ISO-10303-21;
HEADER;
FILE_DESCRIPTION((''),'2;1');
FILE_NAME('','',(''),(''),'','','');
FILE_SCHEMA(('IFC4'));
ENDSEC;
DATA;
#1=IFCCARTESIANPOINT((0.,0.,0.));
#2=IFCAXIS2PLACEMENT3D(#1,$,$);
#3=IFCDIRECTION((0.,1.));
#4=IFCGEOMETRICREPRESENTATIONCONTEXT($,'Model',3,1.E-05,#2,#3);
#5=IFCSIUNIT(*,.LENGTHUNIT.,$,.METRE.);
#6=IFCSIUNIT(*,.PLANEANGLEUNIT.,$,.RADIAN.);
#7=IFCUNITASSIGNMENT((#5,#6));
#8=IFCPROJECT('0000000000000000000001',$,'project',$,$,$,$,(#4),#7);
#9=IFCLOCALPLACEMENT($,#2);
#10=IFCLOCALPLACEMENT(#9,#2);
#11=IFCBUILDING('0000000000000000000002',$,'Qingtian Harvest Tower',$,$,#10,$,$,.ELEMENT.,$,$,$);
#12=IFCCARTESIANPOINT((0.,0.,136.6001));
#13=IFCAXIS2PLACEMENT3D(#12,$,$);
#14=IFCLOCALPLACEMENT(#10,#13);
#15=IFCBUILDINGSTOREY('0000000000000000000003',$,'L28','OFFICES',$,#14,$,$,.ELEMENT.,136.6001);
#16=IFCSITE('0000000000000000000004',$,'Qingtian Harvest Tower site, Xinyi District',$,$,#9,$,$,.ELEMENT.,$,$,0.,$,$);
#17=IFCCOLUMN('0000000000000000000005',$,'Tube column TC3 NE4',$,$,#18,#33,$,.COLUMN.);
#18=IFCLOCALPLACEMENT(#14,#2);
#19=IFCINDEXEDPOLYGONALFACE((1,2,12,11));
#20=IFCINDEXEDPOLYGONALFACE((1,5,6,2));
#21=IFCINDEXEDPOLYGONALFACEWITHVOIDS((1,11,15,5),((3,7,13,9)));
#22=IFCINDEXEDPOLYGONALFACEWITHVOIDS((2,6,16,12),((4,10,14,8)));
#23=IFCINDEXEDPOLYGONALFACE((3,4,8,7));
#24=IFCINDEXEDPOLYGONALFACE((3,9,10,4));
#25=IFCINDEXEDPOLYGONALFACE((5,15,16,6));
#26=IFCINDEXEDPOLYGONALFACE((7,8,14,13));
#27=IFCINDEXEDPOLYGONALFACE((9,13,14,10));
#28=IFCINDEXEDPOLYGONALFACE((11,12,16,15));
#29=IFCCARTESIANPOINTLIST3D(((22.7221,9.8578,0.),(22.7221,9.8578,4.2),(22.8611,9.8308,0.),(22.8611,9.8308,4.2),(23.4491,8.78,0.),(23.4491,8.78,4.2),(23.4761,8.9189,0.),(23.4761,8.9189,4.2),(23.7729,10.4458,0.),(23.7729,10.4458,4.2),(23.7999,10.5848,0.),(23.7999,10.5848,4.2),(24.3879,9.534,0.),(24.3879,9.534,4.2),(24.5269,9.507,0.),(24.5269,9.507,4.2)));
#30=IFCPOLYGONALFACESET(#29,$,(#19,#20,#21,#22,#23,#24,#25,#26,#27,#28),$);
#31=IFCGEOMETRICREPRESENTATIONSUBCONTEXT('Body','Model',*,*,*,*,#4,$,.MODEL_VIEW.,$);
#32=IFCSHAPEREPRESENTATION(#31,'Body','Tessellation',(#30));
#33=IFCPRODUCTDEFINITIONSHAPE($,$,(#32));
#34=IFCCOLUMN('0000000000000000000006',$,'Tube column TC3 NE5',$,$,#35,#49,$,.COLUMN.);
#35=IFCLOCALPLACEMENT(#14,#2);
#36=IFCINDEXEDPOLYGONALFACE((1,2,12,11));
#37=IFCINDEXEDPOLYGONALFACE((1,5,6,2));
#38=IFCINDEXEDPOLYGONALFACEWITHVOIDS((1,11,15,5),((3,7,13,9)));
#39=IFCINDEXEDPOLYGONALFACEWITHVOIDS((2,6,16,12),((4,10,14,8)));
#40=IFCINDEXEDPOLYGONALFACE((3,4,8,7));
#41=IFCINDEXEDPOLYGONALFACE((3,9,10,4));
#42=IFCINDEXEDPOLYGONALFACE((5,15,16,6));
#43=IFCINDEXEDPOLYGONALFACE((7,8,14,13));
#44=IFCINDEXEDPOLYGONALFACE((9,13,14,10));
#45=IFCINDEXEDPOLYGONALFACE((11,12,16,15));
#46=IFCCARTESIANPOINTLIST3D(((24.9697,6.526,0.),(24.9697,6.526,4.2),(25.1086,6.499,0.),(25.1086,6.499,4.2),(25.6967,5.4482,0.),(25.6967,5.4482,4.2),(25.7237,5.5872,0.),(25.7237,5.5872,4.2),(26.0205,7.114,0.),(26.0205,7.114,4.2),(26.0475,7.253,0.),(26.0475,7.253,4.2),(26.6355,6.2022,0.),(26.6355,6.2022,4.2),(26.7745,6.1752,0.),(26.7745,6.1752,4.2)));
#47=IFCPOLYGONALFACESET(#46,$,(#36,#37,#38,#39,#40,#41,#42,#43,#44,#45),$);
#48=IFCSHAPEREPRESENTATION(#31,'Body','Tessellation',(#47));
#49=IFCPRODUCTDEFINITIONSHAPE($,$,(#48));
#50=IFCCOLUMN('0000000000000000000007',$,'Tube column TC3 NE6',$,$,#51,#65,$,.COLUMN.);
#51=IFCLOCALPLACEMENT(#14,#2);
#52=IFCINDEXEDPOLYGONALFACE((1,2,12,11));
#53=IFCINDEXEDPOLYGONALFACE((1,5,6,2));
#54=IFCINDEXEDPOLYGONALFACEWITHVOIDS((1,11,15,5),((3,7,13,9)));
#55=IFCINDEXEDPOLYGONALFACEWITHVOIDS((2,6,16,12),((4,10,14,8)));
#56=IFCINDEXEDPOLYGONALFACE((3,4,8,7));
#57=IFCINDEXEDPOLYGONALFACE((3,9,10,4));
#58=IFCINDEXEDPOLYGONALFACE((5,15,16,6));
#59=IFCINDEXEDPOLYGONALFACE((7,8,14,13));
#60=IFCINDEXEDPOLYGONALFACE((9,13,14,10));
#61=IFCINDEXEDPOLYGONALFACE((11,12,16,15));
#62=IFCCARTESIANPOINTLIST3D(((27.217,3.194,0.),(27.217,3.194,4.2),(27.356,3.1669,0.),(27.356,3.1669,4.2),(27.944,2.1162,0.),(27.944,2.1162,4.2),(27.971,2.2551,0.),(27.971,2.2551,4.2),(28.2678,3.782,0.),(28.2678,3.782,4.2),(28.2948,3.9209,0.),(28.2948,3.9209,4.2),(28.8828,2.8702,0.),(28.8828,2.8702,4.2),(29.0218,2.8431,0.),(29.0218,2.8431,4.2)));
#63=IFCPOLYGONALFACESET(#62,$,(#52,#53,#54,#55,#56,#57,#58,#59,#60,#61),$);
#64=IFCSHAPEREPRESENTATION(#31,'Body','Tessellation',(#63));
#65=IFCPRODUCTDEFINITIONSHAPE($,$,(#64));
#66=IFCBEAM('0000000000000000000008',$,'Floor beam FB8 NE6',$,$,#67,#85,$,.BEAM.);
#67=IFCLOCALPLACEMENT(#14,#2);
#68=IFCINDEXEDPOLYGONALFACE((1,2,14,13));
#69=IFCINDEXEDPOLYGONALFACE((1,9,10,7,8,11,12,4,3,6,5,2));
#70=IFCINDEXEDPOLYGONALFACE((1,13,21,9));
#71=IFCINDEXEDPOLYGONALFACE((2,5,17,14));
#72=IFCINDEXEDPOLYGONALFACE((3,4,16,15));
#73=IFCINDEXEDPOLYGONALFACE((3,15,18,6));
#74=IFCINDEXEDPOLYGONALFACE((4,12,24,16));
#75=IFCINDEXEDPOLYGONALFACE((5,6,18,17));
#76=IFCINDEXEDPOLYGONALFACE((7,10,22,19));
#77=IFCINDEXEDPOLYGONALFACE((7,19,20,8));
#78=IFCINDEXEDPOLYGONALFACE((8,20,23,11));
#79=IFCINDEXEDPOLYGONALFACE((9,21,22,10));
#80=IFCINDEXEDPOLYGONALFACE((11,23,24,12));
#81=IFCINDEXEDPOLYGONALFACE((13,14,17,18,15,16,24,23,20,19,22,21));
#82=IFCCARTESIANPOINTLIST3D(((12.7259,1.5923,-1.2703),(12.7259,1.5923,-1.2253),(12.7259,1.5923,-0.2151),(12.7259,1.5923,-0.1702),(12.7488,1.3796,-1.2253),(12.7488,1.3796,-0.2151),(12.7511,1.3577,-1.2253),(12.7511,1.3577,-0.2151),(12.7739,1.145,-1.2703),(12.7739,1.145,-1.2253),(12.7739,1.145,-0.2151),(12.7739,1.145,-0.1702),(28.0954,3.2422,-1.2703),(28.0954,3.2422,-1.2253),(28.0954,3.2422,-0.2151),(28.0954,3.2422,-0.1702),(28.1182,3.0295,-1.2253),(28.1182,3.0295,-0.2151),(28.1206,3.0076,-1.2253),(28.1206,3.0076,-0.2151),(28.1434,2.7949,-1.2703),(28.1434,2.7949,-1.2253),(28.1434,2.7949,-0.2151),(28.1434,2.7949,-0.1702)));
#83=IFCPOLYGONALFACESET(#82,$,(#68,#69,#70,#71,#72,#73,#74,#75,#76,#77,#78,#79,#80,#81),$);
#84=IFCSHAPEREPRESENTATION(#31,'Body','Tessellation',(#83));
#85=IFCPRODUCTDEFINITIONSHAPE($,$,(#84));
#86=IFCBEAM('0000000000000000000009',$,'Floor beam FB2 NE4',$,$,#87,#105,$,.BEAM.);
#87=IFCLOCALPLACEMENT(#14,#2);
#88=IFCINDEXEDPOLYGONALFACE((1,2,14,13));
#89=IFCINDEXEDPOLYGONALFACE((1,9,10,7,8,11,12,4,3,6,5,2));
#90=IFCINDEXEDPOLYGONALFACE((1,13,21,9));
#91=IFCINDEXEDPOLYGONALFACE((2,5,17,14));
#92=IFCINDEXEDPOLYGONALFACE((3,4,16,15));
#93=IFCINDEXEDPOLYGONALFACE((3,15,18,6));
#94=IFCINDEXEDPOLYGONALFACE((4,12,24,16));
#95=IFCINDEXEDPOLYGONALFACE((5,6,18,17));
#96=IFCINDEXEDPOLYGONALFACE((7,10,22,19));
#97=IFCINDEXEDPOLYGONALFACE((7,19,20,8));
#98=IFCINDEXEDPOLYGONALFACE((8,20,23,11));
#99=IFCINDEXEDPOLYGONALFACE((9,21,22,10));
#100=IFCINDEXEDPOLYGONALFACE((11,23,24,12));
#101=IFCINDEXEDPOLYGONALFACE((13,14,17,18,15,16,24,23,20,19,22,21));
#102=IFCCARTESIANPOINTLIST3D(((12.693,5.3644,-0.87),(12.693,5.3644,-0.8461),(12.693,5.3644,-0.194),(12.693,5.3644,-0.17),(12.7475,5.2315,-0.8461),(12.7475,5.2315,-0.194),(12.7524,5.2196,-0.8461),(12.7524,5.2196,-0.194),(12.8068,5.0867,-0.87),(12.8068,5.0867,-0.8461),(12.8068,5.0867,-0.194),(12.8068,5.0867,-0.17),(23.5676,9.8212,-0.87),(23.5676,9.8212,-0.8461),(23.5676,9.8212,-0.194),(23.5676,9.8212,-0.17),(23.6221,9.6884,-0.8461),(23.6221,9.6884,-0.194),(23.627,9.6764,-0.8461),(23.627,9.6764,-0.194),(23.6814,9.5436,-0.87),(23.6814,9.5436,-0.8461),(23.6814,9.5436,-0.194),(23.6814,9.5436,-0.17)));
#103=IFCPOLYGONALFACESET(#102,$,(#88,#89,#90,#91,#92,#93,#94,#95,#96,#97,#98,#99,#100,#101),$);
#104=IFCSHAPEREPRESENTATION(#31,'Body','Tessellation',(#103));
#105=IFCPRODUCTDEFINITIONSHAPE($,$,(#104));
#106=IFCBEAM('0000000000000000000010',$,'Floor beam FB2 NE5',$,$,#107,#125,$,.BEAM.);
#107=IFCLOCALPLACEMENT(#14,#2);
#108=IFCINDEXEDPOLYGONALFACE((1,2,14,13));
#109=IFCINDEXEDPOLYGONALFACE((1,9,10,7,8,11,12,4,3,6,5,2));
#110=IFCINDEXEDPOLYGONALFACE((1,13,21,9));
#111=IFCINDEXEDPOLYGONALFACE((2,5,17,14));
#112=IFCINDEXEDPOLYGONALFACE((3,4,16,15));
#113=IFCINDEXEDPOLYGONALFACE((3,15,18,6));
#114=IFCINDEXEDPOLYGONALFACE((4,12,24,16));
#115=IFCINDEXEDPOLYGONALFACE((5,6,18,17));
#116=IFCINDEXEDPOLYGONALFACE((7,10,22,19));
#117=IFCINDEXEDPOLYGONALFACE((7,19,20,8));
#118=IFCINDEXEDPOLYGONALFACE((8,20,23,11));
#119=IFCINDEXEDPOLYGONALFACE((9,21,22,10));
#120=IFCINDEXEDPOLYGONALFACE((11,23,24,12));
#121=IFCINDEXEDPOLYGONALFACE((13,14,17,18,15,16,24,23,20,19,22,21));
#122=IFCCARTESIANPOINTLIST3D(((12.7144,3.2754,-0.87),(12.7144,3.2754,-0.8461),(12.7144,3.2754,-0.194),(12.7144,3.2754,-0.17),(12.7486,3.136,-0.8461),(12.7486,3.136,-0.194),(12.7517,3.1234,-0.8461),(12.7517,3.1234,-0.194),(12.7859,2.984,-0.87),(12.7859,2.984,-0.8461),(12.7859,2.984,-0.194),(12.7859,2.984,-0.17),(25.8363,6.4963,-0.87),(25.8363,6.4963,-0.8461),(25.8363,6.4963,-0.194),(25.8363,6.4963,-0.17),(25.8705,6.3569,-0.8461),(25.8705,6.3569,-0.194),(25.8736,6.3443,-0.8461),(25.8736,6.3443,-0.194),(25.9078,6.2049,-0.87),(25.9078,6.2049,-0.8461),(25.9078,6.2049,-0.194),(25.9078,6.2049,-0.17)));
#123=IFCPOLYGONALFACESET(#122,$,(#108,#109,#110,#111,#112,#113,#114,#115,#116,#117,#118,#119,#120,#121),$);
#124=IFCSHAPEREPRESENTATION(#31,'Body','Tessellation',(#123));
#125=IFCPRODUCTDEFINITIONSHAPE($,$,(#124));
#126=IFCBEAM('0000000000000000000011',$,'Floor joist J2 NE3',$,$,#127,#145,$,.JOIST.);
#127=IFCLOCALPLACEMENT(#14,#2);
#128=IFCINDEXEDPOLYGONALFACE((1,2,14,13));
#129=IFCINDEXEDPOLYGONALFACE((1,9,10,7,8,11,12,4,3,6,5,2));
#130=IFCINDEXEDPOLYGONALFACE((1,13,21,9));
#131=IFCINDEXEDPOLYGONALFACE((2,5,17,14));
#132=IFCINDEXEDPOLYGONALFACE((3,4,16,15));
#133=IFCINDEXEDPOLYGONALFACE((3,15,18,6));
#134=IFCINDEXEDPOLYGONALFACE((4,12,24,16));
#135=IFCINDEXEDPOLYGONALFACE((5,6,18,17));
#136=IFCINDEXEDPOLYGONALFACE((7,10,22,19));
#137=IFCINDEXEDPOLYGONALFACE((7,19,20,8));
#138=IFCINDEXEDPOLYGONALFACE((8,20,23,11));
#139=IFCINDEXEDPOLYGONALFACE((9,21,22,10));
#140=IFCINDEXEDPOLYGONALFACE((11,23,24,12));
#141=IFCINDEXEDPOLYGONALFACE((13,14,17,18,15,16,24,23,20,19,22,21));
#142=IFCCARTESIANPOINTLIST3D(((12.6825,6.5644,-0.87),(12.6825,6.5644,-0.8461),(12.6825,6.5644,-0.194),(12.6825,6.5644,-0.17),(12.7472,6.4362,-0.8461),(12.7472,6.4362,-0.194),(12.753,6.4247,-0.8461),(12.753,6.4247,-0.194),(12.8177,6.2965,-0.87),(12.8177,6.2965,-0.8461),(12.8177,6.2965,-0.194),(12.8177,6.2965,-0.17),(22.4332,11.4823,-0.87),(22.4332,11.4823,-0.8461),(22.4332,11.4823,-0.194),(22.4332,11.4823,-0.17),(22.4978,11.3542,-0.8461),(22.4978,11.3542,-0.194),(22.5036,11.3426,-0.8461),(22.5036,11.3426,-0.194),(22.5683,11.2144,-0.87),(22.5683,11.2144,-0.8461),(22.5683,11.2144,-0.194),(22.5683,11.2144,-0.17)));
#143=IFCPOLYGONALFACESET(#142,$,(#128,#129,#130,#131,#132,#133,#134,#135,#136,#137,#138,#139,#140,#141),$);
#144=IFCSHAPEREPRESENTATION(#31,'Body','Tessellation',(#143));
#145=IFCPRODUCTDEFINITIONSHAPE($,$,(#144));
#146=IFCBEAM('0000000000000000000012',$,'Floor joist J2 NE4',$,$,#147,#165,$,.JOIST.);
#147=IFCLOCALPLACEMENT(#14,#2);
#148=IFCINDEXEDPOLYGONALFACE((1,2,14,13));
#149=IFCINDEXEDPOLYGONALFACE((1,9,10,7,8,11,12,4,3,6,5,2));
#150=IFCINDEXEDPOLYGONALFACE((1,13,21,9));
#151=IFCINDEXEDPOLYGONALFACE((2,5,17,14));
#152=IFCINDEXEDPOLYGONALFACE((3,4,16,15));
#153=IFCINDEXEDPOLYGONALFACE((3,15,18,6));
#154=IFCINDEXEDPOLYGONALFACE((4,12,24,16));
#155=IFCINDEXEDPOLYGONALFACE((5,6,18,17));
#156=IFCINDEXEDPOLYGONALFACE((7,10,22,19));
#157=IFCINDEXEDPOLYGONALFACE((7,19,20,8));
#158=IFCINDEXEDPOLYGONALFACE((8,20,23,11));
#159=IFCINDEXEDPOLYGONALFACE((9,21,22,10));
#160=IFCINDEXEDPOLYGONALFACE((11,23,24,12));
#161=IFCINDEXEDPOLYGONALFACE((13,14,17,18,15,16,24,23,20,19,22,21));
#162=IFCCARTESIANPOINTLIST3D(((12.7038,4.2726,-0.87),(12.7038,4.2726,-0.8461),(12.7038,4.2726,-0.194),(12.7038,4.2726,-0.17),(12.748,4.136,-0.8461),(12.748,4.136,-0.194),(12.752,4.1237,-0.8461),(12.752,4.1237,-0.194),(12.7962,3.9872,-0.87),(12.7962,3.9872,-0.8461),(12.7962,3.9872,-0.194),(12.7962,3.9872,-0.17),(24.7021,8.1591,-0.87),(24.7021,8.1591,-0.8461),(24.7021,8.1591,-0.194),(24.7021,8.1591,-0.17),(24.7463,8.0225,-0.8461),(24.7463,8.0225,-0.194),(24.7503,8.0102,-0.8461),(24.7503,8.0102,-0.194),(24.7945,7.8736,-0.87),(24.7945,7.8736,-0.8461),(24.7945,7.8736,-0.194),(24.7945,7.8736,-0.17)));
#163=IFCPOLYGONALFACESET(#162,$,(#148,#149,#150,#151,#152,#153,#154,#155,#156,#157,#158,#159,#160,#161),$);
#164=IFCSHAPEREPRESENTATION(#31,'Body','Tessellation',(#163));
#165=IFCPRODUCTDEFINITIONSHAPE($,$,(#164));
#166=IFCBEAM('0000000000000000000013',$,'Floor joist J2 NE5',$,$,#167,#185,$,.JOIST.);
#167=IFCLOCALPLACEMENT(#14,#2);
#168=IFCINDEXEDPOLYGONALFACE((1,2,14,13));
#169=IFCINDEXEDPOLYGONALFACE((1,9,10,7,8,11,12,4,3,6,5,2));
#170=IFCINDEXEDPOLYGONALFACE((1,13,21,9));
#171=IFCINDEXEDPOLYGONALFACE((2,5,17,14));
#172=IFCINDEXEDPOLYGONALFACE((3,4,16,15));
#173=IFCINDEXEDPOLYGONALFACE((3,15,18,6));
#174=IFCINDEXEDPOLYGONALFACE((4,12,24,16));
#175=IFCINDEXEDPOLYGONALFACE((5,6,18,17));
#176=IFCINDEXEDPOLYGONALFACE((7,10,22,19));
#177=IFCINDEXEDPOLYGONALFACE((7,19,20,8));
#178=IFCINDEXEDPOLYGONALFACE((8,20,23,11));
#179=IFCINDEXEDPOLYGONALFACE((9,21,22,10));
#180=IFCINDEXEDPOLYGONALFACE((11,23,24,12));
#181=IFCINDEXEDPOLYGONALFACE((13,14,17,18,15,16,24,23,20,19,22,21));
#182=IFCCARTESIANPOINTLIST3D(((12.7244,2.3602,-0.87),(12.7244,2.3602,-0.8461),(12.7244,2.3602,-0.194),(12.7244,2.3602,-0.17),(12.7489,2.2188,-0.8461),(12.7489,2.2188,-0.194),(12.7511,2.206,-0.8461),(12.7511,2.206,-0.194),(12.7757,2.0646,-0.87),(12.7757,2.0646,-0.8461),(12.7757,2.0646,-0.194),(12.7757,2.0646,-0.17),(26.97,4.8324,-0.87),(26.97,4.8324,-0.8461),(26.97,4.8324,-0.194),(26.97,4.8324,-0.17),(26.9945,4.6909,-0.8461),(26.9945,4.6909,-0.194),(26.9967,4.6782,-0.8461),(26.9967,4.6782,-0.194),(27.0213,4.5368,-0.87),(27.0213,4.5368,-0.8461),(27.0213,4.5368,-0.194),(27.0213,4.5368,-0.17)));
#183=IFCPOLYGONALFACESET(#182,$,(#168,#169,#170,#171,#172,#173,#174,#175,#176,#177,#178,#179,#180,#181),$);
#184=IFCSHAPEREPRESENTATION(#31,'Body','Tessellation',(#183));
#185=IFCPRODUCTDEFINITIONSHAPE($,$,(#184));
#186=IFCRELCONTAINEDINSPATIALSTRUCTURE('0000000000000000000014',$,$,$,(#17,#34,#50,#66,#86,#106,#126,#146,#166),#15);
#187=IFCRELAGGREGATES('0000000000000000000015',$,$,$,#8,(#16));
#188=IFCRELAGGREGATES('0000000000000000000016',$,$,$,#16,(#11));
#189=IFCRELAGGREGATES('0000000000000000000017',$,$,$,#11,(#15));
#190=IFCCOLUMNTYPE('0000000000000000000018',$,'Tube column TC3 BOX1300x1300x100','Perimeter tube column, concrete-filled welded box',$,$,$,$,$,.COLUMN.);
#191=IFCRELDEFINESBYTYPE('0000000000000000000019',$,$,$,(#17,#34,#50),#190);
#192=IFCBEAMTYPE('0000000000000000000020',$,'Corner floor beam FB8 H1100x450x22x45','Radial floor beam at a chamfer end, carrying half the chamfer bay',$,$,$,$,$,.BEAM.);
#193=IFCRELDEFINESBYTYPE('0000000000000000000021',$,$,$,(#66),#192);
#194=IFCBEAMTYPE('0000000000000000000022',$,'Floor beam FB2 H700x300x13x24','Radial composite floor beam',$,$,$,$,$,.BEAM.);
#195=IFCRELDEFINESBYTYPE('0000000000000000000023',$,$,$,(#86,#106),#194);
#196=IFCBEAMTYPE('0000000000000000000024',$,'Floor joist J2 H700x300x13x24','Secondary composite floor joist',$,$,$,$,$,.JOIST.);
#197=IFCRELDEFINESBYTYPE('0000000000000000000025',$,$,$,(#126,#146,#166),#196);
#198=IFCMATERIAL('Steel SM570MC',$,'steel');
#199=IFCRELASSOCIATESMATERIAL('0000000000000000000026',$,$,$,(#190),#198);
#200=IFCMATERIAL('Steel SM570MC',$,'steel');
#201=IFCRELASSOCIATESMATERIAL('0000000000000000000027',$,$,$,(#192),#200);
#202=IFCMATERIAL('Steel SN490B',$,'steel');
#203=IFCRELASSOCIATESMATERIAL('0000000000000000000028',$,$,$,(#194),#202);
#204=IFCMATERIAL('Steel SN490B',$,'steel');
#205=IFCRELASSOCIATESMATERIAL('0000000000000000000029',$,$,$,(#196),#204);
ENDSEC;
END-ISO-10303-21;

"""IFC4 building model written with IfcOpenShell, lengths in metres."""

from ifc_helpers import new_model, si_unit, direction, frame, origin, origin_2d, place, context, subcontext, project, spatial, hollow_rectangle, i_section, extrude, material, material_profile, profile_set, type_object, element, save


model = new_model("IFC4")

# Units and contexts
model_context = context("Model", 3, precision=1e-05, world=origin(), true_north=direction((0.0, 1.0)))
body_context = subcontext(model_context, "Body", "Model", "MODEL_VIEW")
ifc_project = project(units=[si_unit("LENGTHUNIT", "METRE"), si_unit("PLANEANGLEUNIT", "RADIAN")], contexts=[model_context])

# Site, building, storey
site_placement = place(None, origin())
site = spatial("IfcSite", under=ifc_project, at=site_placement, Name="Qingtian Harvest Tower site, Xinyi District", CompositionType="ELEMENT", RefElevation=0.0)
building_placement = place(site_placement, origin())
building = spatial("IfcBuilding", under=site, at=building_placement, Name="Qingtian Harvest Tower", CompositionType="ELEMENT")
storey_placement = place(building_placement, frame((0.0, 0.0, 136.6001)))
storey = spatial("IfcBuildingStorey", under=building, at=storey_placement, Name="L28", Description="OFFICES", CompositionType="ELEMENT", Elevation=136.6001)

# Columns
ifc_material_1 = material(Name="Steel SM570MC", Category="steel")
ifc_material_profile_1 = material_profile(ifc_material_1, hollow_rectangle(XDim=1.3, YDim=1.3, WallThickness=0.1001, at=origin_2d()), Name="BOX1300x1300x100")
ifc_profile_set_1 = profile_set([ifc_material_profile_1], Name="Steel SM570MC")
column_type = type_object("IfcColumnType", Name="Tube column TC3 BOX1300x1300x100", Description="Perimeter tube column, concrete-filled welded box", PredefinedType="COLUMN", material=ifc_profile_set_1)
for number, where, z_axis, x_axis, name in (
    (1, (23.6245, 9.6824, 0.0), (0.0, 0.0, 1.0), (-0.559193, 0.829038, 0.0), "Tube column TC3 NE4"),
    (2, (25.8721, 6.3506, 0.0), (0.0, 0.0, 1.0), (-0.559193, 0.829038, 0.0), "Tube column TC3 NE5"),
    (3, (28.1194, 3.0186, 0.0), (0.0, 0.0, 1.0), (-0.559193, 0.829038, 0.0), "Tube column TC3 NE6"),
):
    element("IfcColumn", number, at=place(storey_placement, frame(where, z_axis=z_axis, x_axis=x_axis)), inside=storey, type_object=column_type, Name=name, PredefinedType="COLUMN", context=body_context, shape_type="SweptSolid", body=[
        extrude(hollow_rectangle(XDim=1.3, YDim=1.3, WallThickness=0.1001, at=origin_2d()), origin(), (0.0, 0.0, 1.0), 4.2),
    ])

# Beams
ifc_material_2 = material(Name="Steel SM570MC", Category="steel")
ifc_material_profile_2 = material_profile(ifc_material_2, i_section(OverallWidth=0.45, OverallDepth=1.1001, WebThickness=0.022, FlangeThickness=0.0449, at=origin_2d()), Name="H1100x450x22x45")
ifc_profile_set_2 = profile_set([ifc_material_profile_2], Name="Steel SM570MC")
beam_type_1 = type_object("IfcBeamType", Name="Corner floor beam FB8 H1100x450x22x45", Description="Radial floor beam at a chamfer end, carrying half the chamfer bay", PredefinedType="BEAM", material=ifc_profile_set_2)
beam_1_placement = place(storey_placement, frame((28.1194, 3.0186, -0.7202), z_axis=(-0.994287, -0.106737, 0.0), x_axis=(0.106737, -0.994287, 0.0)))
element("IfcBeam", 4, at=beam_1_placement, inside=storey, type_object=beam_type_1, Name="Floor beam FB8 NE6", PredefinedType="BEAM", context=body_context, shape_type="SweptSolid", body=[
    extrude(i_section(OverallWidth=0.45, OverallDepth=1.1001, WebThickness=0.022, FlangeThickness=0.0449, at=origin_2d()), origin(), (0.0, 0.0, 1.0), 15.4578),
])
ifc_material_3 = material(Name="Steel SN490B", Category="steel")
ifc_material_profile_3 = material_profile(ifc_material_3, i_section(OverallWidth=0.3, OverallDepth=0.7, WebThickness=0.0129, FlangeThickness=0.0239, at=origin_2d()), Name="H700x300x13x24")
ifc_profile_set_3 = profile_set([ifc_material_profile_3], Name="Steel SN490B")
beam_type_2 = type_object("IfcBeamType", Name="Floor beam FB2 H700x300x13x24", Description="Radial composite floor beam", PredefinedType="BEAM", material=ifc_profile_set_3)
beam_2_placement = place(storey_placement, frame((23.6245, 9.6824, -0.52), z_axis=(-0.925305, -0.379225, 0.0), x_axis=(0.379225, -0.925305, 0.0)))
element("IfcBeam", 5, at=beam_2_placement, inside=storey, type_object=beam_type_2, Name="Floor beam FB2 NE4", PredefinedType="BEAM", context=body_context, shape_type="SweptSolid", body=[
    extrude(i_section(OverallWidth=0.3, OverallDepth=0.7, WebThickness=0.0129, FlangeThickness=0.0239, at=origin_2d()), origin(), (0.0, 0.0, 1.0), 11.7524),
])
beam_3_placement = place(storey_placement, frame((25.8721, 6.3506, -0.52), z_axis=(-0.971171, -0.238384, 0.0), x_axis=(0.238384, -0.971171, 0.0)))
element("IfcBeam", 6, at=beam_3_placement, inside=storey, type_object=beam_type_2, Name="Floor beam FB2 NE5", PredefinedType="BEAM", context=body_context, shape_type="SweptSolid", body=[
    extrude(i_section(OverallWidth=0.3, OverallDepth=0.7, WebThickness=0.0129, FlangeThickness=0.0239, at=origin_2d()), origin(), (0.0, 0.0, 1.0), 13.5115),
])
ifc_material_4 = material(Name="Steel SN490B", Category="steel")
ifc_material_profile_4 = material_profile(ifc_material_4, i_section(OverallWidth=0.3, OverallDepth=0.7, WebThickness=0.0129, FlangeThickness=0.0239, at=origin_2d()), Name="H700x300x13x24")
ifc_profile_set_4 = profile_set([ifc_material_profile_4], Name="Steel SN490B")
beam_type_3 = type_object("IfcBeamType", Name="Floor joist J2 H700x300x13x24", Description="Secondary composite floor joist", PredefinedType="JOIST", material=ifc_profile_set_4)
beam_4_placement = place(storey_placement, frame((22.5007, 11.3484, -0.52), z_axis=(-0.892861, -0.450332, 0.0), x_axis=(0.450332, -0.892861, 0.0)))
element("IfcBeam", 7, at=beam_4_placement, inside=storey, type_object=beam_type_3, Name="Floor joist J2 NE3", PredefinedType="JOIST", context=body_context, shape_type="SweptSolid", body=[
    extrude(i_section(OverallWidth=0.3, OverallDepth=0.7, WebThickness=0.0129, FlangeThickness=0.0239, at=origin_2d()), origin(), (0.0, 0.0, 1.0), 10.9207),
])
beam_5_placement = place(storey_placement, frame((24.7483, 8.0164, -0.52), z_axis=(-0.951336, -0.308156, 0.0), x_axis=(0.308156, -0.951336, 0.0)))
element("IfcBeam", 8, at=beam_5_placement, inside=storey, type_object=beam_type_3, Name="Floor joist J2 NE4", PredefinedType="JOIST", context=body_context, shape_type="SweptSolid", body=[
    extrude(i_section(OverallWidth=0.3, OverallDepth=0.7, WebThickness=0.0129, FlangeThickness=0.0239, at=origin_2d()), origin(), (0.0, 0.0, 1.0), 12.6121),
])
beam_6_placement = place(storey_placement, frame((26.9956, 4.6846, -0.52), z_axis=(-0.985274, -0.170983, 0.0), x_axis=(0.170983, -0.985274, 0.0)))
element("IfcBeam", 9, at=beam_6_placement, inside=storey, type_object=beam_type_3, Name="Floor joist J2 NE5", PredefinedType="JOIST", context=body_context, shape_type="SweptSolid", body=[
    extrude(i_section(OverallWidth=0.3, OverallDepth=0.7, WebThickness=0.0129, FlangeThickness=0.0239, at=origin_2d()), origin(), (0.0, 0.0, 1.0), 14.4585),
])

save(model, "model.ifc")
